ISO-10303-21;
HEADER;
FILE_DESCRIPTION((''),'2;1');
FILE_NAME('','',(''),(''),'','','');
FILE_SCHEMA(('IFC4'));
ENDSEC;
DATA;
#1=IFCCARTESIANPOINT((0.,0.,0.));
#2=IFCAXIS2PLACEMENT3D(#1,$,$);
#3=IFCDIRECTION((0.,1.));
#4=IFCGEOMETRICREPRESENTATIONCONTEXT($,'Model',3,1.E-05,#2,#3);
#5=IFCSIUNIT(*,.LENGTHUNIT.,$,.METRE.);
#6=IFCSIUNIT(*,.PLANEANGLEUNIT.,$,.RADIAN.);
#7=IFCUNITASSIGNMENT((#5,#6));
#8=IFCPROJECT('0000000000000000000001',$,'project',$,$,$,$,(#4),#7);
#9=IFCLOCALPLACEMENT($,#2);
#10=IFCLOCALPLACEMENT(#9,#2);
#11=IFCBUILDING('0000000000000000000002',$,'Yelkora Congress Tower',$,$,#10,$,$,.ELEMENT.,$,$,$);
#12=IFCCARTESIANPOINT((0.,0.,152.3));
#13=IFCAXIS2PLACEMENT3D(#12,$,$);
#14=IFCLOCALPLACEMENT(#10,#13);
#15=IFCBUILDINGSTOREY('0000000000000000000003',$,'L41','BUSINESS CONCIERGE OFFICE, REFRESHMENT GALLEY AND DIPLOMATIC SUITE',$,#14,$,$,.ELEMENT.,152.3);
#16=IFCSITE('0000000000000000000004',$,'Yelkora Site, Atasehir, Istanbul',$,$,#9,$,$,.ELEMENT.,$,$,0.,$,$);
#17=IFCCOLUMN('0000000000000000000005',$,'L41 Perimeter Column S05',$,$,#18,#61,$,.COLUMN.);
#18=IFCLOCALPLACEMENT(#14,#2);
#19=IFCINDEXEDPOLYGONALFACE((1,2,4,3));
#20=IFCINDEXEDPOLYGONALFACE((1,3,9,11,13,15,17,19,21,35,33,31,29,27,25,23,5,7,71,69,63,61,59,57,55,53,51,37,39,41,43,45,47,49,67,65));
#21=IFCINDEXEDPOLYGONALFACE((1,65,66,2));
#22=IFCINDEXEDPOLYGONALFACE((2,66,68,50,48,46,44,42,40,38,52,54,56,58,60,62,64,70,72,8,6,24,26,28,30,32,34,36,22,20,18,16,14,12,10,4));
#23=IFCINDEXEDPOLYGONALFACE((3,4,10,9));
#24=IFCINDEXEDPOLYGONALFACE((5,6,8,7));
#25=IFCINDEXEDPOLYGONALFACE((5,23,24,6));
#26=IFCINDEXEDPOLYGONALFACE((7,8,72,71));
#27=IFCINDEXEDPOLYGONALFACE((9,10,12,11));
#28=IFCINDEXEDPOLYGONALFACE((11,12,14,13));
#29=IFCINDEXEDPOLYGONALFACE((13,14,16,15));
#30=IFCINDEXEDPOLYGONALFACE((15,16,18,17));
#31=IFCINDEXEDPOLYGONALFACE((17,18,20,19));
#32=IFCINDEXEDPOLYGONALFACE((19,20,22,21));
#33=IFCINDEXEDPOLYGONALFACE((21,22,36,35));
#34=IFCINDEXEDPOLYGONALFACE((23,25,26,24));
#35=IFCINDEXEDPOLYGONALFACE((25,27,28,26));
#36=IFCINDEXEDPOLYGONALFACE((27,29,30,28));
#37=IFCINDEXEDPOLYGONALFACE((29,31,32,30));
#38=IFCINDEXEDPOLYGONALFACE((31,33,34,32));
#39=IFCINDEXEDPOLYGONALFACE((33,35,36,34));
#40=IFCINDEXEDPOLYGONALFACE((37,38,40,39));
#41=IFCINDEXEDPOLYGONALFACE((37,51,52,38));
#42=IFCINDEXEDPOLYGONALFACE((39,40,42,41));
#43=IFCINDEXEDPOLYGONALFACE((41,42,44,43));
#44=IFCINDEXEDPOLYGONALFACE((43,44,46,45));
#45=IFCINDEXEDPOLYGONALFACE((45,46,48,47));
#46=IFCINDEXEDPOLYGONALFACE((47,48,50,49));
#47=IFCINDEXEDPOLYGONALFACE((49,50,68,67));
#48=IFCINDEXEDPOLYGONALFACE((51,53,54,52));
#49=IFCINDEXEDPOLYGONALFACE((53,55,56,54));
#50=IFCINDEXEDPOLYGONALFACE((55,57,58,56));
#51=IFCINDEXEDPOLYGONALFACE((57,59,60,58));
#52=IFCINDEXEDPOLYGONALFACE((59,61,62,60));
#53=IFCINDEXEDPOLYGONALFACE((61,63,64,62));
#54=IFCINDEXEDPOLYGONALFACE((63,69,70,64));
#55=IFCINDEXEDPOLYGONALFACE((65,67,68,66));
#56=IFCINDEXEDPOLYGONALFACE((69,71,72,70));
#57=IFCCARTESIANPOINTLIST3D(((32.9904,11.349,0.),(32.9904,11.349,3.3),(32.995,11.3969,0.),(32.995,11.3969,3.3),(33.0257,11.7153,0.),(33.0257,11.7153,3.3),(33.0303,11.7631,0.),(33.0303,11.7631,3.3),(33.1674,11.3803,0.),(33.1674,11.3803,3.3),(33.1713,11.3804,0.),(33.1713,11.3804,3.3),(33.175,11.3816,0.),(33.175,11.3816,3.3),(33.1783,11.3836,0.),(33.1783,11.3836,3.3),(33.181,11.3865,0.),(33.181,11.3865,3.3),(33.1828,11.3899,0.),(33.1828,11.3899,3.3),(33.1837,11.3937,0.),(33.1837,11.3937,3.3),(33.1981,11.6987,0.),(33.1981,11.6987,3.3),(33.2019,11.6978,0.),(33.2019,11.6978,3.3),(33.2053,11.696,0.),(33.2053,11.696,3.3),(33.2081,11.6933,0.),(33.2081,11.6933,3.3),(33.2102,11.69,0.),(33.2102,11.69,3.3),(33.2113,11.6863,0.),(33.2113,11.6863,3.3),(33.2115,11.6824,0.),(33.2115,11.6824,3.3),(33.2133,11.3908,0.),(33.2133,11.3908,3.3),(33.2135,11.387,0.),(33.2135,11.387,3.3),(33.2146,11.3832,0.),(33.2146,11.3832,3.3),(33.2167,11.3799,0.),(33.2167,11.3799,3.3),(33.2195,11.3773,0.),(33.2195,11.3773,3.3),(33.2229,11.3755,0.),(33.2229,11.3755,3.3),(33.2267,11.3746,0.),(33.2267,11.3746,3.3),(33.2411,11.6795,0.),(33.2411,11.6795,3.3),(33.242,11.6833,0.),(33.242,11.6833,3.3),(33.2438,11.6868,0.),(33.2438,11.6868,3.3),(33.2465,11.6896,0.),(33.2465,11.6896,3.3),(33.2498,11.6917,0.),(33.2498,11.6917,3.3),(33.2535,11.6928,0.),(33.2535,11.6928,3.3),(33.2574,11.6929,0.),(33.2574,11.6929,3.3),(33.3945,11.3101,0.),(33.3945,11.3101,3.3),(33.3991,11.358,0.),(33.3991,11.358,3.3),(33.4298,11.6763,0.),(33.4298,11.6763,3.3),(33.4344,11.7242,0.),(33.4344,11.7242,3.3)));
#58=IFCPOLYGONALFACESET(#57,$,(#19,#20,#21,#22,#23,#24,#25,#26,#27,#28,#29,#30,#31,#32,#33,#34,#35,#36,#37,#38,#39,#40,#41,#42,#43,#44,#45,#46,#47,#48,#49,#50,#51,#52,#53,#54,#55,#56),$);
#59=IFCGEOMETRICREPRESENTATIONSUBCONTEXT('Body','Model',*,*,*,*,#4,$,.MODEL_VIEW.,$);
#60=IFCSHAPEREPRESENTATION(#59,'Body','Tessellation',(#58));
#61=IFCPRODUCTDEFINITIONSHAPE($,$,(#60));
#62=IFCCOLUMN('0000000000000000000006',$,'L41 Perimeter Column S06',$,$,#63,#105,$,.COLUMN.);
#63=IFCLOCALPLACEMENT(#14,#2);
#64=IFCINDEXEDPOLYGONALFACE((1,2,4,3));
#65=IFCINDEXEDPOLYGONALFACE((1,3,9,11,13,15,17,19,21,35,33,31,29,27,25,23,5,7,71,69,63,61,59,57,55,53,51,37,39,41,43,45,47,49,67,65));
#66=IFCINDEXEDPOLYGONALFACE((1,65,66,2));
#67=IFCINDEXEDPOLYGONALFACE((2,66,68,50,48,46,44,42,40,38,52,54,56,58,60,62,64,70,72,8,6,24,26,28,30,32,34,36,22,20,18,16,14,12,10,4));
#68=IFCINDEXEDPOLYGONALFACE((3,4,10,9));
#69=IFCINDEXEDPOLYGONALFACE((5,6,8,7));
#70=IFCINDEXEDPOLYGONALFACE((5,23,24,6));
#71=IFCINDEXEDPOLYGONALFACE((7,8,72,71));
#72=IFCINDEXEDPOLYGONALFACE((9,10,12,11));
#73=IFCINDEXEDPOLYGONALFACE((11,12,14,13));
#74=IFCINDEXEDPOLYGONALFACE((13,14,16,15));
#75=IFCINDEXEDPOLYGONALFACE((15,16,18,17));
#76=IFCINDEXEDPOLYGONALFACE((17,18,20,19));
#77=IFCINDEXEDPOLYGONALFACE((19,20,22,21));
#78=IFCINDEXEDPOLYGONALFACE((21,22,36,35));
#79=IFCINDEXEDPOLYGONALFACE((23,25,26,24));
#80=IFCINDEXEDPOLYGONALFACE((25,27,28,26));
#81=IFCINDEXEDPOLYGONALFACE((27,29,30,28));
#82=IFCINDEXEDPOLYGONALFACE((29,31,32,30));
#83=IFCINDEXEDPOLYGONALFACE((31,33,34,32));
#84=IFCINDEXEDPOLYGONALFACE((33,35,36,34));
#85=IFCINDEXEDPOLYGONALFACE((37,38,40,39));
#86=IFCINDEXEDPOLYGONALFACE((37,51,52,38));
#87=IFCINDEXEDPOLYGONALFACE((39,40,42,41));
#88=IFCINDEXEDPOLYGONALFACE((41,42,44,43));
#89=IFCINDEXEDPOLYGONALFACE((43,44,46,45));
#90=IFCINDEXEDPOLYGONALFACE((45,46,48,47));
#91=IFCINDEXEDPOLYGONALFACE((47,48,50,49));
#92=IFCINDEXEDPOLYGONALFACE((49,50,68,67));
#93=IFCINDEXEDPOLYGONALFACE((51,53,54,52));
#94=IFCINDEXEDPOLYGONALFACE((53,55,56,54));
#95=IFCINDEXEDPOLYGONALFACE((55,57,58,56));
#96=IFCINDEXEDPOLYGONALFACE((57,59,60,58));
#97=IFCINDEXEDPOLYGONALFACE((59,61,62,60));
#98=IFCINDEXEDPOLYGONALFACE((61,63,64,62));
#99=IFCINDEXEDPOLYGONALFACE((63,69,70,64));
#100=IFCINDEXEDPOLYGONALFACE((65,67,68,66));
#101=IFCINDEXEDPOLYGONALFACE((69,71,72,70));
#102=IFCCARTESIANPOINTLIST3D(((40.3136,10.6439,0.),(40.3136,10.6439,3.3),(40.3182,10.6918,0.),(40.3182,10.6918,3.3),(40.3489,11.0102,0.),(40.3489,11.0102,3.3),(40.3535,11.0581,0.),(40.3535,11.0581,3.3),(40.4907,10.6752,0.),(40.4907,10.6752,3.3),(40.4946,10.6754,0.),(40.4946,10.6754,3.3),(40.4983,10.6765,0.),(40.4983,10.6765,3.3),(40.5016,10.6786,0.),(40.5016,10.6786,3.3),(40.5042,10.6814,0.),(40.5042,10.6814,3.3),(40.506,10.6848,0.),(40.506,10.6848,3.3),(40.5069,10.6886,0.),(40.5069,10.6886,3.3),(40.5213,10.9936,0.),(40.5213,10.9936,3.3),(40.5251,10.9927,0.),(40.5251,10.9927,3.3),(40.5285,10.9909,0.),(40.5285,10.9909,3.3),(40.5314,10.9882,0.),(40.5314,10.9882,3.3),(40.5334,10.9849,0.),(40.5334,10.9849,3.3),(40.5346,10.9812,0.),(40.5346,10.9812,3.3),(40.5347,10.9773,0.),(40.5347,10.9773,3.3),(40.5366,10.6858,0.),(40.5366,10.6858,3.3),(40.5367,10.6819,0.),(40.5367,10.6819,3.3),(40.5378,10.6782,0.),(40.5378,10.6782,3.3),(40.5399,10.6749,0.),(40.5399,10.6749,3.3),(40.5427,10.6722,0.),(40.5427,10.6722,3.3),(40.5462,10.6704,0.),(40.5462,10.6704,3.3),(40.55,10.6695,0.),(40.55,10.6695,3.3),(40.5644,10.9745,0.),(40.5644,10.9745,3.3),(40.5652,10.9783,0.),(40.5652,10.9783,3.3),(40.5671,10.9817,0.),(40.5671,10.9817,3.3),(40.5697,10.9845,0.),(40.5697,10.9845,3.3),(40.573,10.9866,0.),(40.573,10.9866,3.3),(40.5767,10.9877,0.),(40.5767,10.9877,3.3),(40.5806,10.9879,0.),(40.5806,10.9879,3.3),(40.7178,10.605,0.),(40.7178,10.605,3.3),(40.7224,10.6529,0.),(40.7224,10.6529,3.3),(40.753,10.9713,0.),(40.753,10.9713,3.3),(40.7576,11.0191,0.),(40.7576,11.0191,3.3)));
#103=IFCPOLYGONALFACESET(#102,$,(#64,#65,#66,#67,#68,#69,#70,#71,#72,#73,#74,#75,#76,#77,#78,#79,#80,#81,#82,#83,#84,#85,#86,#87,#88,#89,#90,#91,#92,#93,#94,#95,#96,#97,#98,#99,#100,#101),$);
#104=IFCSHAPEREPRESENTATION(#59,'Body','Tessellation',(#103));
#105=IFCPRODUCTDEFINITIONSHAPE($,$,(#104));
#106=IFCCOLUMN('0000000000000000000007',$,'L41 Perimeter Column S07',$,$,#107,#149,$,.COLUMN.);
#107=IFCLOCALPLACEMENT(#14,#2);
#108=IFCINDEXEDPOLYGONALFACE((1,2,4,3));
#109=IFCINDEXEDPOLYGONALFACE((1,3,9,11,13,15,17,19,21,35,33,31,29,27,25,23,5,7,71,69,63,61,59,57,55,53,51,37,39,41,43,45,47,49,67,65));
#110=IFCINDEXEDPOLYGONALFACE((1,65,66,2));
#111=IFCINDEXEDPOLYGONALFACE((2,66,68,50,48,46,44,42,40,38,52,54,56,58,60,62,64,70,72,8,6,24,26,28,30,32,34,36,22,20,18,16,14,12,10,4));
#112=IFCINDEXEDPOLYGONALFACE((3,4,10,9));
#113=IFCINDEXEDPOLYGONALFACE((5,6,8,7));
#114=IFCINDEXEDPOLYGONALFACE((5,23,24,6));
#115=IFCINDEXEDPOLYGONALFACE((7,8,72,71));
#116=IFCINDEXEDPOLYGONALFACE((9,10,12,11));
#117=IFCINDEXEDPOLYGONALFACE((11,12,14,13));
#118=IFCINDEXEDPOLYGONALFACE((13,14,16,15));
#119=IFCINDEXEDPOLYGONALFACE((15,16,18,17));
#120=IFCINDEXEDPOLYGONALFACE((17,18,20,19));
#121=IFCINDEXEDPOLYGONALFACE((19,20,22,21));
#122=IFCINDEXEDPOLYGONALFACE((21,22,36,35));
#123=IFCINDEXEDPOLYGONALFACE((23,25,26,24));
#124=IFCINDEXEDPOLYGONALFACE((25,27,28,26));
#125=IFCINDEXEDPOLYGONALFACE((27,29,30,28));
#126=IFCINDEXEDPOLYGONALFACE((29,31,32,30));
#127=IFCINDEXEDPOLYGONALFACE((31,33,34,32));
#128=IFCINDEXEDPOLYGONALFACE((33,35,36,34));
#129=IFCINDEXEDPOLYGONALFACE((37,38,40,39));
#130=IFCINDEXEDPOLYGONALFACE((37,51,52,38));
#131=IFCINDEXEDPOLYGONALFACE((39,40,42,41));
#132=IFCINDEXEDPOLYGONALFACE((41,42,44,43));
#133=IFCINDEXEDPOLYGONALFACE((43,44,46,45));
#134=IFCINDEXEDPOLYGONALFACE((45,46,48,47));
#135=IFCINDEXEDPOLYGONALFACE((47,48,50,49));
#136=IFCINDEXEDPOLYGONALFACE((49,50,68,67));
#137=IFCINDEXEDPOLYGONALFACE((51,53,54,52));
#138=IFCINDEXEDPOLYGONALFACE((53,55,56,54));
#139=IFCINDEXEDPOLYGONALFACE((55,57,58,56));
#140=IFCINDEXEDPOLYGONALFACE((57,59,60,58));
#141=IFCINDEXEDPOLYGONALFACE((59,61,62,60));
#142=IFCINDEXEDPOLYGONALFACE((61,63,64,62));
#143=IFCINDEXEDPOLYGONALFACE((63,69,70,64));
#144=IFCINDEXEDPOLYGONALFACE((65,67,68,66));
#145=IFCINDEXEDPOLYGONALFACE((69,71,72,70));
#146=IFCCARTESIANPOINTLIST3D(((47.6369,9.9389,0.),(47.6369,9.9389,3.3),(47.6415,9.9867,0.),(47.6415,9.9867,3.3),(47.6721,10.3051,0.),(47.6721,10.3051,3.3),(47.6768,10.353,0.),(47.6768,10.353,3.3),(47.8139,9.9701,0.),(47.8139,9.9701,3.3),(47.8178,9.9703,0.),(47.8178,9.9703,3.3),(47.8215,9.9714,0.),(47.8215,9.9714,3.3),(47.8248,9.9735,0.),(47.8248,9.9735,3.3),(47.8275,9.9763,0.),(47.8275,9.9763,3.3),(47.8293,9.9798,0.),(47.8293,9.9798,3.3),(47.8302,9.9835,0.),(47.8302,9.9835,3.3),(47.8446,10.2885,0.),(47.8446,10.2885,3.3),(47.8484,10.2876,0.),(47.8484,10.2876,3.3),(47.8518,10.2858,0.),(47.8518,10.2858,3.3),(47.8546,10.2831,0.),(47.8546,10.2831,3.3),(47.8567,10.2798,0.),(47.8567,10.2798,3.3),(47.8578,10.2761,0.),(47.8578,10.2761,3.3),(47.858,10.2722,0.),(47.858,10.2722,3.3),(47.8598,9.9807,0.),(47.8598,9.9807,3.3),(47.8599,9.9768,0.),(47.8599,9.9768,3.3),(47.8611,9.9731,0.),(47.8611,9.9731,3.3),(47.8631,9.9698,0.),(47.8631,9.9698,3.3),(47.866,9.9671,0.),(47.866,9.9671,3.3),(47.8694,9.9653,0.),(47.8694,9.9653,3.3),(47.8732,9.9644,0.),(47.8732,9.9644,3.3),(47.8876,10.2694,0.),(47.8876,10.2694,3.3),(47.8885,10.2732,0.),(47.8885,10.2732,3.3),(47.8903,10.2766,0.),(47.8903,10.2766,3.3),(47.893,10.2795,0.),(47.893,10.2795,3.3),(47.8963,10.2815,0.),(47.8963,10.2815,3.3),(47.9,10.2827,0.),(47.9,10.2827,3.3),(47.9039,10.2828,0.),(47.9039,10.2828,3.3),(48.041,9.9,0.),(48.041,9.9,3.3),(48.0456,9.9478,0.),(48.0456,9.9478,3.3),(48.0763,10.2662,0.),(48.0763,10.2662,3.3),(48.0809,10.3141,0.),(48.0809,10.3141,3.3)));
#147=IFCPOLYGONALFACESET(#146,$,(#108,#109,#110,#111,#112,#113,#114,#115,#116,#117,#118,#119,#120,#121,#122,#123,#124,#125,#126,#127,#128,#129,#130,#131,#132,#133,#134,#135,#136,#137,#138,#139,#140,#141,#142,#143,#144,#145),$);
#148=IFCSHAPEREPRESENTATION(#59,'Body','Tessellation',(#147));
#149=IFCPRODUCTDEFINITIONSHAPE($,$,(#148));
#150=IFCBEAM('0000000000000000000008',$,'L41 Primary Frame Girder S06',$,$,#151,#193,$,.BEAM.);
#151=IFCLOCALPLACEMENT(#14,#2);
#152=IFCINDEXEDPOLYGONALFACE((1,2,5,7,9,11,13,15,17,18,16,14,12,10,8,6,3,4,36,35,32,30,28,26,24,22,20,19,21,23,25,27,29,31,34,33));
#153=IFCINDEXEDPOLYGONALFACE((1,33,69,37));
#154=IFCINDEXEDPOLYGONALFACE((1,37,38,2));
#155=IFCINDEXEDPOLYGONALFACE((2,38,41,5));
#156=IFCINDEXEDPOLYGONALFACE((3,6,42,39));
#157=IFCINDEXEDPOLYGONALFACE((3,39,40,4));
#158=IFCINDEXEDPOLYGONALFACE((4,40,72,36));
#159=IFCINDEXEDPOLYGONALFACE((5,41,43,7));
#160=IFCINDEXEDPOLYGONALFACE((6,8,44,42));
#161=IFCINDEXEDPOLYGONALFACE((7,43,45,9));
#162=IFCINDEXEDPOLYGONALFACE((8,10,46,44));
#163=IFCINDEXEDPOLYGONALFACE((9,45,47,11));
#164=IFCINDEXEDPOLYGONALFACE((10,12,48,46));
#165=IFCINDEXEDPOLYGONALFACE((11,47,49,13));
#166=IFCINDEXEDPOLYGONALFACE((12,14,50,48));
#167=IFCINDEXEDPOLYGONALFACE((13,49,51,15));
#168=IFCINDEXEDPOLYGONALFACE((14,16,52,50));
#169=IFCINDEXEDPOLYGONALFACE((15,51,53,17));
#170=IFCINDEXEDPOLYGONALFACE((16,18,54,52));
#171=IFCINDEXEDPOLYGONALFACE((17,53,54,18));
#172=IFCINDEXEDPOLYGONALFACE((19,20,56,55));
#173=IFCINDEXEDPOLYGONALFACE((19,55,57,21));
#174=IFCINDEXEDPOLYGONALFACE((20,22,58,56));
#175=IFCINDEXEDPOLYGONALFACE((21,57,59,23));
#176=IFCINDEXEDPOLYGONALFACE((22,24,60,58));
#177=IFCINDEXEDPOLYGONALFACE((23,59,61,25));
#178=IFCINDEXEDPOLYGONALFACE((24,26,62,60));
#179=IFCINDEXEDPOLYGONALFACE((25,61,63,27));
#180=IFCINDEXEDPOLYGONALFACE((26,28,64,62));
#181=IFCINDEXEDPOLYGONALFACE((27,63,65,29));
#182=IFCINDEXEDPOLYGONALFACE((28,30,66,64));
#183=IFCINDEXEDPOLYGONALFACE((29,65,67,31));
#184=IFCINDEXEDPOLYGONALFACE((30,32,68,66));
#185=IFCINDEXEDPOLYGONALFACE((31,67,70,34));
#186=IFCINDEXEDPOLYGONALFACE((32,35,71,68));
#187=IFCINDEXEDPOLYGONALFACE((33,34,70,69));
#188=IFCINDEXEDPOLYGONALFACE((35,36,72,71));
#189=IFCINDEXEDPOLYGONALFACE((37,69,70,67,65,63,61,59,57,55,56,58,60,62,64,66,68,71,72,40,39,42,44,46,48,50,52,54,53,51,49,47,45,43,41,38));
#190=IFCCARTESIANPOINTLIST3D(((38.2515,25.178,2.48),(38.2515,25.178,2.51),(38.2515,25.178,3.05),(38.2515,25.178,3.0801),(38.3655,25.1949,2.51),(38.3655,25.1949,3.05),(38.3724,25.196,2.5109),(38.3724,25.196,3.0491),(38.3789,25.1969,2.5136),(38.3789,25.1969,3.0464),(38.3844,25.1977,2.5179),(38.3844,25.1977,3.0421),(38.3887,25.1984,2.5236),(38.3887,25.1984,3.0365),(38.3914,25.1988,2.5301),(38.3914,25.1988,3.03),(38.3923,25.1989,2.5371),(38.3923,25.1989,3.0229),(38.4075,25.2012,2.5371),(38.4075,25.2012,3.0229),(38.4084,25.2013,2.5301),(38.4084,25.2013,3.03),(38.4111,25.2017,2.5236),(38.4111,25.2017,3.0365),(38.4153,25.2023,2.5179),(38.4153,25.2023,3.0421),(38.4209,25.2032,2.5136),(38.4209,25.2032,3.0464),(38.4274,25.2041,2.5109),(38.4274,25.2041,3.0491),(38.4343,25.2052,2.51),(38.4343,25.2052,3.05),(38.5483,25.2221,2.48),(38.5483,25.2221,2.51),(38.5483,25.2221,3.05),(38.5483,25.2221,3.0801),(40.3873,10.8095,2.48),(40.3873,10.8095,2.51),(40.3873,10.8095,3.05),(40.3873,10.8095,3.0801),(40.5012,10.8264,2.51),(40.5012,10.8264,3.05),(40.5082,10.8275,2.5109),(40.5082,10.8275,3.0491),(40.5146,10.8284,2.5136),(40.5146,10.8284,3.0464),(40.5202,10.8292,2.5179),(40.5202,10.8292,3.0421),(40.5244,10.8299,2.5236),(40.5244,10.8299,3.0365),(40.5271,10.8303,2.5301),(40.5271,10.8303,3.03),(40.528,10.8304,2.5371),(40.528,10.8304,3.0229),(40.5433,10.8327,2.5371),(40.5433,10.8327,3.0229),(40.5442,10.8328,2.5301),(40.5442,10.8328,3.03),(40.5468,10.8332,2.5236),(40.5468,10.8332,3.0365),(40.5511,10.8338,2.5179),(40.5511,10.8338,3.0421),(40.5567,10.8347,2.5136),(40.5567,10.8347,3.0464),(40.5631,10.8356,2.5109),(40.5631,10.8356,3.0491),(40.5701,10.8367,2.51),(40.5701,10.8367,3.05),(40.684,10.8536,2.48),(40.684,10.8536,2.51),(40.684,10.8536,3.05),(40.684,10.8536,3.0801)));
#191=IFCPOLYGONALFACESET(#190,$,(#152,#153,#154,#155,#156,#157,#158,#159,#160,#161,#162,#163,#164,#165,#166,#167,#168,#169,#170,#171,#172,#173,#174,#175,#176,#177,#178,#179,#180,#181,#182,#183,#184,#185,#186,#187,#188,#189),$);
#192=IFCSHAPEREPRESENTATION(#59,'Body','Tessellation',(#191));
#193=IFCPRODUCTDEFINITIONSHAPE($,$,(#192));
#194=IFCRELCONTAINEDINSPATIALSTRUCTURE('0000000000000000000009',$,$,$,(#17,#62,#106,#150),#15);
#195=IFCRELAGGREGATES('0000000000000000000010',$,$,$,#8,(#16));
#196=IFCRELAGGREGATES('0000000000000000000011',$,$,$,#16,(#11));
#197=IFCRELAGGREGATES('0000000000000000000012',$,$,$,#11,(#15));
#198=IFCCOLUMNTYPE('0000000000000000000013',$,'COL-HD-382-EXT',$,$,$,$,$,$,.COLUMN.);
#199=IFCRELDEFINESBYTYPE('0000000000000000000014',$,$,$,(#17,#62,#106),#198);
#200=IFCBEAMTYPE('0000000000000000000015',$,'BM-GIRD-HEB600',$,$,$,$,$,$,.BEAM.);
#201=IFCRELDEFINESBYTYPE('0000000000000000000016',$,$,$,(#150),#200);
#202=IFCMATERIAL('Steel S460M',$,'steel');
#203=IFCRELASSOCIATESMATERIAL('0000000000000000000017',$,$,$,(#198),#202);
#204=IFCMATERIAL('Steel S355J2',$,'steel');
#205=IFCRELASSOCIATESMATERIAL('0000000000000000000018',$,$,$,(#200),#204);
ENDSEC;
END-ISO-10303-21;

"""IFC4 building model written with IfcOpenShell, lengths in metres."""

from ifc_helpers import new_model, si_unit, direction, frame, origin, origin_2d, place, context, subcontext, project, spatial, i_section, extrude, material, material_profile, profile_set, type_object, element, save


model = new_model("IFC4")

# Units and contexts
model_context = context("Model", 3, precision=1e-05, world=origin(), true_north=direction((0.0, 1.0)))
body_context = subcontext(model_context, "Body", "Model", "MODEL_VIEW")
ifc_project = project(units=[si_unit("LENGTHUNIT", "METRE"), si_unit("PLANEANGLEUNIT", "RADIAN")], contexts=[model_context])

# Site, building, storey
site_placement = place(None, origin())
site = spatial("IfcSite", under=ifc_project, at=site_placement, Name="Yelkora Site, Atasehir, Istanbul", CompositionType="ELEMENT", RefElevation=0.0)
building_placement = place(site_placement, origin())
building = spatial("IfcBuilding", under=site, at=building_placement, Name="Yelkora Congress Tower", CompositionType="ELEMENT")
storey_placement = place(building_placement, frame((0.0, 0.0, 152.3)))
storey = spatial("IfcBuildingStorey", under=building, at=storey_placement, Name="L41", Description="BUSINESS CONCIERGE OFFICE, REFRESHMENT GALLEY AND DIPLOMATIC SUITE", CompositionType="ELEMENT", Elevation=152.3)

# Columns
ifc_material_1 = material(Name="Steel S460M", Category="steel")
ifc_material_profile_1 = material_profile(ifc_material_1, i_section(OverallWidth=0.406, OverallDepth=0.416, WebThickness=0.0298, FlangeThickness=0.0481, FilletRadius=0.0149, at=origin_2d()), Name="HD 400x382")
ifc_profile_set_1 = profile_set([ifc_material_profile_1], Name="Steel S460M")
column_type = type_object("IfcColumnType", Name="COL-HD-382-EXT", PredefinedType="COLUMN", material=ifc_profile_set_1)
for number, where, z_axis, x_axis, name in (
    (1, (33.2124, 11.5366, 0.0), (0.0, 0.0, 1.0), (0.995396, -0.095846, 0.0), "L41 Perimeter Column S05"),
    (2, (40.5356, 10.8315, 0.0), (0.0, 0.0, 1.0), (0.995396, -0.095846, 0.0), "L41 Perimeter Column S06"),
    (3, (47.8589, 10.1265, 0.0), (0.0, 0.0, 1.0), (0.995396, -0.095846, 0.0), "L41 Perimeter Column S07"),
):
    element("IfcColumn", number, at=place(storey_placement, frame(where, z_axis=z_axis, x_axis=x_axis)), inside=storey, type_object=column_type, Name=name, PredefinedType="COLUMN", context=body_context, shape_type="SweptSolid", body=[
        extrude(i_section(OverallWidth=0.406, OverallDepth=0.416, WebThickness=0.0298, FlangeThickness=0.0481, FilletRadius=0.0149, at=origin_2d()), origin(), (0.0, 0.0, 1.0), 3.3),
    ])

# Beam
ifc_material_2 = material(Name="Steel S355J2", Category="steel")
ifc_material_profile_2 = material_profile(ifc_material_2, i_section(OverallWidth=0.3, OverallDepth=0.6001, WebThickness=0.0154, FlangeThickness=0.03, FilletRadius=0.0271, at=origin_2d()), Name="HEB 600")
ifc_profile_set_2 = profile_set([ifc_material_profile_2], Name="Steel S355J2")
beam_type_1 = type_object("IfcBeamType", Name="BM-GIRD-HEB600", PredefinedType="BEAM", material=ifc_profile_set_2)
beam_1_placement = place(storey_placement, frame((40.5356, 10.8315, 2.78), z_axis=(-0.147026, 0.989133, 0.0), x_axis=(-0.989133, -0.147026, 0.0)))
element("IfcBeam", 4, at=beam_1_placement, inside=storey, type_object=beam_type_1, Name="L41 Primary Frame Girder S06", PredefinedType="BEAM", context=body_context, shape_type="SweptSolid", body=[
    extrude(i_section(OverallWidth=0.3, OverallDepth=0.6001, WebThickness=0.0154, FlangeThickness=0.03, FilletRadius=0.0271, at=origin_2d()), origin(), (0.0, 0.0, 1.0), 14.5264),
])

save(model, "model.ifc")
